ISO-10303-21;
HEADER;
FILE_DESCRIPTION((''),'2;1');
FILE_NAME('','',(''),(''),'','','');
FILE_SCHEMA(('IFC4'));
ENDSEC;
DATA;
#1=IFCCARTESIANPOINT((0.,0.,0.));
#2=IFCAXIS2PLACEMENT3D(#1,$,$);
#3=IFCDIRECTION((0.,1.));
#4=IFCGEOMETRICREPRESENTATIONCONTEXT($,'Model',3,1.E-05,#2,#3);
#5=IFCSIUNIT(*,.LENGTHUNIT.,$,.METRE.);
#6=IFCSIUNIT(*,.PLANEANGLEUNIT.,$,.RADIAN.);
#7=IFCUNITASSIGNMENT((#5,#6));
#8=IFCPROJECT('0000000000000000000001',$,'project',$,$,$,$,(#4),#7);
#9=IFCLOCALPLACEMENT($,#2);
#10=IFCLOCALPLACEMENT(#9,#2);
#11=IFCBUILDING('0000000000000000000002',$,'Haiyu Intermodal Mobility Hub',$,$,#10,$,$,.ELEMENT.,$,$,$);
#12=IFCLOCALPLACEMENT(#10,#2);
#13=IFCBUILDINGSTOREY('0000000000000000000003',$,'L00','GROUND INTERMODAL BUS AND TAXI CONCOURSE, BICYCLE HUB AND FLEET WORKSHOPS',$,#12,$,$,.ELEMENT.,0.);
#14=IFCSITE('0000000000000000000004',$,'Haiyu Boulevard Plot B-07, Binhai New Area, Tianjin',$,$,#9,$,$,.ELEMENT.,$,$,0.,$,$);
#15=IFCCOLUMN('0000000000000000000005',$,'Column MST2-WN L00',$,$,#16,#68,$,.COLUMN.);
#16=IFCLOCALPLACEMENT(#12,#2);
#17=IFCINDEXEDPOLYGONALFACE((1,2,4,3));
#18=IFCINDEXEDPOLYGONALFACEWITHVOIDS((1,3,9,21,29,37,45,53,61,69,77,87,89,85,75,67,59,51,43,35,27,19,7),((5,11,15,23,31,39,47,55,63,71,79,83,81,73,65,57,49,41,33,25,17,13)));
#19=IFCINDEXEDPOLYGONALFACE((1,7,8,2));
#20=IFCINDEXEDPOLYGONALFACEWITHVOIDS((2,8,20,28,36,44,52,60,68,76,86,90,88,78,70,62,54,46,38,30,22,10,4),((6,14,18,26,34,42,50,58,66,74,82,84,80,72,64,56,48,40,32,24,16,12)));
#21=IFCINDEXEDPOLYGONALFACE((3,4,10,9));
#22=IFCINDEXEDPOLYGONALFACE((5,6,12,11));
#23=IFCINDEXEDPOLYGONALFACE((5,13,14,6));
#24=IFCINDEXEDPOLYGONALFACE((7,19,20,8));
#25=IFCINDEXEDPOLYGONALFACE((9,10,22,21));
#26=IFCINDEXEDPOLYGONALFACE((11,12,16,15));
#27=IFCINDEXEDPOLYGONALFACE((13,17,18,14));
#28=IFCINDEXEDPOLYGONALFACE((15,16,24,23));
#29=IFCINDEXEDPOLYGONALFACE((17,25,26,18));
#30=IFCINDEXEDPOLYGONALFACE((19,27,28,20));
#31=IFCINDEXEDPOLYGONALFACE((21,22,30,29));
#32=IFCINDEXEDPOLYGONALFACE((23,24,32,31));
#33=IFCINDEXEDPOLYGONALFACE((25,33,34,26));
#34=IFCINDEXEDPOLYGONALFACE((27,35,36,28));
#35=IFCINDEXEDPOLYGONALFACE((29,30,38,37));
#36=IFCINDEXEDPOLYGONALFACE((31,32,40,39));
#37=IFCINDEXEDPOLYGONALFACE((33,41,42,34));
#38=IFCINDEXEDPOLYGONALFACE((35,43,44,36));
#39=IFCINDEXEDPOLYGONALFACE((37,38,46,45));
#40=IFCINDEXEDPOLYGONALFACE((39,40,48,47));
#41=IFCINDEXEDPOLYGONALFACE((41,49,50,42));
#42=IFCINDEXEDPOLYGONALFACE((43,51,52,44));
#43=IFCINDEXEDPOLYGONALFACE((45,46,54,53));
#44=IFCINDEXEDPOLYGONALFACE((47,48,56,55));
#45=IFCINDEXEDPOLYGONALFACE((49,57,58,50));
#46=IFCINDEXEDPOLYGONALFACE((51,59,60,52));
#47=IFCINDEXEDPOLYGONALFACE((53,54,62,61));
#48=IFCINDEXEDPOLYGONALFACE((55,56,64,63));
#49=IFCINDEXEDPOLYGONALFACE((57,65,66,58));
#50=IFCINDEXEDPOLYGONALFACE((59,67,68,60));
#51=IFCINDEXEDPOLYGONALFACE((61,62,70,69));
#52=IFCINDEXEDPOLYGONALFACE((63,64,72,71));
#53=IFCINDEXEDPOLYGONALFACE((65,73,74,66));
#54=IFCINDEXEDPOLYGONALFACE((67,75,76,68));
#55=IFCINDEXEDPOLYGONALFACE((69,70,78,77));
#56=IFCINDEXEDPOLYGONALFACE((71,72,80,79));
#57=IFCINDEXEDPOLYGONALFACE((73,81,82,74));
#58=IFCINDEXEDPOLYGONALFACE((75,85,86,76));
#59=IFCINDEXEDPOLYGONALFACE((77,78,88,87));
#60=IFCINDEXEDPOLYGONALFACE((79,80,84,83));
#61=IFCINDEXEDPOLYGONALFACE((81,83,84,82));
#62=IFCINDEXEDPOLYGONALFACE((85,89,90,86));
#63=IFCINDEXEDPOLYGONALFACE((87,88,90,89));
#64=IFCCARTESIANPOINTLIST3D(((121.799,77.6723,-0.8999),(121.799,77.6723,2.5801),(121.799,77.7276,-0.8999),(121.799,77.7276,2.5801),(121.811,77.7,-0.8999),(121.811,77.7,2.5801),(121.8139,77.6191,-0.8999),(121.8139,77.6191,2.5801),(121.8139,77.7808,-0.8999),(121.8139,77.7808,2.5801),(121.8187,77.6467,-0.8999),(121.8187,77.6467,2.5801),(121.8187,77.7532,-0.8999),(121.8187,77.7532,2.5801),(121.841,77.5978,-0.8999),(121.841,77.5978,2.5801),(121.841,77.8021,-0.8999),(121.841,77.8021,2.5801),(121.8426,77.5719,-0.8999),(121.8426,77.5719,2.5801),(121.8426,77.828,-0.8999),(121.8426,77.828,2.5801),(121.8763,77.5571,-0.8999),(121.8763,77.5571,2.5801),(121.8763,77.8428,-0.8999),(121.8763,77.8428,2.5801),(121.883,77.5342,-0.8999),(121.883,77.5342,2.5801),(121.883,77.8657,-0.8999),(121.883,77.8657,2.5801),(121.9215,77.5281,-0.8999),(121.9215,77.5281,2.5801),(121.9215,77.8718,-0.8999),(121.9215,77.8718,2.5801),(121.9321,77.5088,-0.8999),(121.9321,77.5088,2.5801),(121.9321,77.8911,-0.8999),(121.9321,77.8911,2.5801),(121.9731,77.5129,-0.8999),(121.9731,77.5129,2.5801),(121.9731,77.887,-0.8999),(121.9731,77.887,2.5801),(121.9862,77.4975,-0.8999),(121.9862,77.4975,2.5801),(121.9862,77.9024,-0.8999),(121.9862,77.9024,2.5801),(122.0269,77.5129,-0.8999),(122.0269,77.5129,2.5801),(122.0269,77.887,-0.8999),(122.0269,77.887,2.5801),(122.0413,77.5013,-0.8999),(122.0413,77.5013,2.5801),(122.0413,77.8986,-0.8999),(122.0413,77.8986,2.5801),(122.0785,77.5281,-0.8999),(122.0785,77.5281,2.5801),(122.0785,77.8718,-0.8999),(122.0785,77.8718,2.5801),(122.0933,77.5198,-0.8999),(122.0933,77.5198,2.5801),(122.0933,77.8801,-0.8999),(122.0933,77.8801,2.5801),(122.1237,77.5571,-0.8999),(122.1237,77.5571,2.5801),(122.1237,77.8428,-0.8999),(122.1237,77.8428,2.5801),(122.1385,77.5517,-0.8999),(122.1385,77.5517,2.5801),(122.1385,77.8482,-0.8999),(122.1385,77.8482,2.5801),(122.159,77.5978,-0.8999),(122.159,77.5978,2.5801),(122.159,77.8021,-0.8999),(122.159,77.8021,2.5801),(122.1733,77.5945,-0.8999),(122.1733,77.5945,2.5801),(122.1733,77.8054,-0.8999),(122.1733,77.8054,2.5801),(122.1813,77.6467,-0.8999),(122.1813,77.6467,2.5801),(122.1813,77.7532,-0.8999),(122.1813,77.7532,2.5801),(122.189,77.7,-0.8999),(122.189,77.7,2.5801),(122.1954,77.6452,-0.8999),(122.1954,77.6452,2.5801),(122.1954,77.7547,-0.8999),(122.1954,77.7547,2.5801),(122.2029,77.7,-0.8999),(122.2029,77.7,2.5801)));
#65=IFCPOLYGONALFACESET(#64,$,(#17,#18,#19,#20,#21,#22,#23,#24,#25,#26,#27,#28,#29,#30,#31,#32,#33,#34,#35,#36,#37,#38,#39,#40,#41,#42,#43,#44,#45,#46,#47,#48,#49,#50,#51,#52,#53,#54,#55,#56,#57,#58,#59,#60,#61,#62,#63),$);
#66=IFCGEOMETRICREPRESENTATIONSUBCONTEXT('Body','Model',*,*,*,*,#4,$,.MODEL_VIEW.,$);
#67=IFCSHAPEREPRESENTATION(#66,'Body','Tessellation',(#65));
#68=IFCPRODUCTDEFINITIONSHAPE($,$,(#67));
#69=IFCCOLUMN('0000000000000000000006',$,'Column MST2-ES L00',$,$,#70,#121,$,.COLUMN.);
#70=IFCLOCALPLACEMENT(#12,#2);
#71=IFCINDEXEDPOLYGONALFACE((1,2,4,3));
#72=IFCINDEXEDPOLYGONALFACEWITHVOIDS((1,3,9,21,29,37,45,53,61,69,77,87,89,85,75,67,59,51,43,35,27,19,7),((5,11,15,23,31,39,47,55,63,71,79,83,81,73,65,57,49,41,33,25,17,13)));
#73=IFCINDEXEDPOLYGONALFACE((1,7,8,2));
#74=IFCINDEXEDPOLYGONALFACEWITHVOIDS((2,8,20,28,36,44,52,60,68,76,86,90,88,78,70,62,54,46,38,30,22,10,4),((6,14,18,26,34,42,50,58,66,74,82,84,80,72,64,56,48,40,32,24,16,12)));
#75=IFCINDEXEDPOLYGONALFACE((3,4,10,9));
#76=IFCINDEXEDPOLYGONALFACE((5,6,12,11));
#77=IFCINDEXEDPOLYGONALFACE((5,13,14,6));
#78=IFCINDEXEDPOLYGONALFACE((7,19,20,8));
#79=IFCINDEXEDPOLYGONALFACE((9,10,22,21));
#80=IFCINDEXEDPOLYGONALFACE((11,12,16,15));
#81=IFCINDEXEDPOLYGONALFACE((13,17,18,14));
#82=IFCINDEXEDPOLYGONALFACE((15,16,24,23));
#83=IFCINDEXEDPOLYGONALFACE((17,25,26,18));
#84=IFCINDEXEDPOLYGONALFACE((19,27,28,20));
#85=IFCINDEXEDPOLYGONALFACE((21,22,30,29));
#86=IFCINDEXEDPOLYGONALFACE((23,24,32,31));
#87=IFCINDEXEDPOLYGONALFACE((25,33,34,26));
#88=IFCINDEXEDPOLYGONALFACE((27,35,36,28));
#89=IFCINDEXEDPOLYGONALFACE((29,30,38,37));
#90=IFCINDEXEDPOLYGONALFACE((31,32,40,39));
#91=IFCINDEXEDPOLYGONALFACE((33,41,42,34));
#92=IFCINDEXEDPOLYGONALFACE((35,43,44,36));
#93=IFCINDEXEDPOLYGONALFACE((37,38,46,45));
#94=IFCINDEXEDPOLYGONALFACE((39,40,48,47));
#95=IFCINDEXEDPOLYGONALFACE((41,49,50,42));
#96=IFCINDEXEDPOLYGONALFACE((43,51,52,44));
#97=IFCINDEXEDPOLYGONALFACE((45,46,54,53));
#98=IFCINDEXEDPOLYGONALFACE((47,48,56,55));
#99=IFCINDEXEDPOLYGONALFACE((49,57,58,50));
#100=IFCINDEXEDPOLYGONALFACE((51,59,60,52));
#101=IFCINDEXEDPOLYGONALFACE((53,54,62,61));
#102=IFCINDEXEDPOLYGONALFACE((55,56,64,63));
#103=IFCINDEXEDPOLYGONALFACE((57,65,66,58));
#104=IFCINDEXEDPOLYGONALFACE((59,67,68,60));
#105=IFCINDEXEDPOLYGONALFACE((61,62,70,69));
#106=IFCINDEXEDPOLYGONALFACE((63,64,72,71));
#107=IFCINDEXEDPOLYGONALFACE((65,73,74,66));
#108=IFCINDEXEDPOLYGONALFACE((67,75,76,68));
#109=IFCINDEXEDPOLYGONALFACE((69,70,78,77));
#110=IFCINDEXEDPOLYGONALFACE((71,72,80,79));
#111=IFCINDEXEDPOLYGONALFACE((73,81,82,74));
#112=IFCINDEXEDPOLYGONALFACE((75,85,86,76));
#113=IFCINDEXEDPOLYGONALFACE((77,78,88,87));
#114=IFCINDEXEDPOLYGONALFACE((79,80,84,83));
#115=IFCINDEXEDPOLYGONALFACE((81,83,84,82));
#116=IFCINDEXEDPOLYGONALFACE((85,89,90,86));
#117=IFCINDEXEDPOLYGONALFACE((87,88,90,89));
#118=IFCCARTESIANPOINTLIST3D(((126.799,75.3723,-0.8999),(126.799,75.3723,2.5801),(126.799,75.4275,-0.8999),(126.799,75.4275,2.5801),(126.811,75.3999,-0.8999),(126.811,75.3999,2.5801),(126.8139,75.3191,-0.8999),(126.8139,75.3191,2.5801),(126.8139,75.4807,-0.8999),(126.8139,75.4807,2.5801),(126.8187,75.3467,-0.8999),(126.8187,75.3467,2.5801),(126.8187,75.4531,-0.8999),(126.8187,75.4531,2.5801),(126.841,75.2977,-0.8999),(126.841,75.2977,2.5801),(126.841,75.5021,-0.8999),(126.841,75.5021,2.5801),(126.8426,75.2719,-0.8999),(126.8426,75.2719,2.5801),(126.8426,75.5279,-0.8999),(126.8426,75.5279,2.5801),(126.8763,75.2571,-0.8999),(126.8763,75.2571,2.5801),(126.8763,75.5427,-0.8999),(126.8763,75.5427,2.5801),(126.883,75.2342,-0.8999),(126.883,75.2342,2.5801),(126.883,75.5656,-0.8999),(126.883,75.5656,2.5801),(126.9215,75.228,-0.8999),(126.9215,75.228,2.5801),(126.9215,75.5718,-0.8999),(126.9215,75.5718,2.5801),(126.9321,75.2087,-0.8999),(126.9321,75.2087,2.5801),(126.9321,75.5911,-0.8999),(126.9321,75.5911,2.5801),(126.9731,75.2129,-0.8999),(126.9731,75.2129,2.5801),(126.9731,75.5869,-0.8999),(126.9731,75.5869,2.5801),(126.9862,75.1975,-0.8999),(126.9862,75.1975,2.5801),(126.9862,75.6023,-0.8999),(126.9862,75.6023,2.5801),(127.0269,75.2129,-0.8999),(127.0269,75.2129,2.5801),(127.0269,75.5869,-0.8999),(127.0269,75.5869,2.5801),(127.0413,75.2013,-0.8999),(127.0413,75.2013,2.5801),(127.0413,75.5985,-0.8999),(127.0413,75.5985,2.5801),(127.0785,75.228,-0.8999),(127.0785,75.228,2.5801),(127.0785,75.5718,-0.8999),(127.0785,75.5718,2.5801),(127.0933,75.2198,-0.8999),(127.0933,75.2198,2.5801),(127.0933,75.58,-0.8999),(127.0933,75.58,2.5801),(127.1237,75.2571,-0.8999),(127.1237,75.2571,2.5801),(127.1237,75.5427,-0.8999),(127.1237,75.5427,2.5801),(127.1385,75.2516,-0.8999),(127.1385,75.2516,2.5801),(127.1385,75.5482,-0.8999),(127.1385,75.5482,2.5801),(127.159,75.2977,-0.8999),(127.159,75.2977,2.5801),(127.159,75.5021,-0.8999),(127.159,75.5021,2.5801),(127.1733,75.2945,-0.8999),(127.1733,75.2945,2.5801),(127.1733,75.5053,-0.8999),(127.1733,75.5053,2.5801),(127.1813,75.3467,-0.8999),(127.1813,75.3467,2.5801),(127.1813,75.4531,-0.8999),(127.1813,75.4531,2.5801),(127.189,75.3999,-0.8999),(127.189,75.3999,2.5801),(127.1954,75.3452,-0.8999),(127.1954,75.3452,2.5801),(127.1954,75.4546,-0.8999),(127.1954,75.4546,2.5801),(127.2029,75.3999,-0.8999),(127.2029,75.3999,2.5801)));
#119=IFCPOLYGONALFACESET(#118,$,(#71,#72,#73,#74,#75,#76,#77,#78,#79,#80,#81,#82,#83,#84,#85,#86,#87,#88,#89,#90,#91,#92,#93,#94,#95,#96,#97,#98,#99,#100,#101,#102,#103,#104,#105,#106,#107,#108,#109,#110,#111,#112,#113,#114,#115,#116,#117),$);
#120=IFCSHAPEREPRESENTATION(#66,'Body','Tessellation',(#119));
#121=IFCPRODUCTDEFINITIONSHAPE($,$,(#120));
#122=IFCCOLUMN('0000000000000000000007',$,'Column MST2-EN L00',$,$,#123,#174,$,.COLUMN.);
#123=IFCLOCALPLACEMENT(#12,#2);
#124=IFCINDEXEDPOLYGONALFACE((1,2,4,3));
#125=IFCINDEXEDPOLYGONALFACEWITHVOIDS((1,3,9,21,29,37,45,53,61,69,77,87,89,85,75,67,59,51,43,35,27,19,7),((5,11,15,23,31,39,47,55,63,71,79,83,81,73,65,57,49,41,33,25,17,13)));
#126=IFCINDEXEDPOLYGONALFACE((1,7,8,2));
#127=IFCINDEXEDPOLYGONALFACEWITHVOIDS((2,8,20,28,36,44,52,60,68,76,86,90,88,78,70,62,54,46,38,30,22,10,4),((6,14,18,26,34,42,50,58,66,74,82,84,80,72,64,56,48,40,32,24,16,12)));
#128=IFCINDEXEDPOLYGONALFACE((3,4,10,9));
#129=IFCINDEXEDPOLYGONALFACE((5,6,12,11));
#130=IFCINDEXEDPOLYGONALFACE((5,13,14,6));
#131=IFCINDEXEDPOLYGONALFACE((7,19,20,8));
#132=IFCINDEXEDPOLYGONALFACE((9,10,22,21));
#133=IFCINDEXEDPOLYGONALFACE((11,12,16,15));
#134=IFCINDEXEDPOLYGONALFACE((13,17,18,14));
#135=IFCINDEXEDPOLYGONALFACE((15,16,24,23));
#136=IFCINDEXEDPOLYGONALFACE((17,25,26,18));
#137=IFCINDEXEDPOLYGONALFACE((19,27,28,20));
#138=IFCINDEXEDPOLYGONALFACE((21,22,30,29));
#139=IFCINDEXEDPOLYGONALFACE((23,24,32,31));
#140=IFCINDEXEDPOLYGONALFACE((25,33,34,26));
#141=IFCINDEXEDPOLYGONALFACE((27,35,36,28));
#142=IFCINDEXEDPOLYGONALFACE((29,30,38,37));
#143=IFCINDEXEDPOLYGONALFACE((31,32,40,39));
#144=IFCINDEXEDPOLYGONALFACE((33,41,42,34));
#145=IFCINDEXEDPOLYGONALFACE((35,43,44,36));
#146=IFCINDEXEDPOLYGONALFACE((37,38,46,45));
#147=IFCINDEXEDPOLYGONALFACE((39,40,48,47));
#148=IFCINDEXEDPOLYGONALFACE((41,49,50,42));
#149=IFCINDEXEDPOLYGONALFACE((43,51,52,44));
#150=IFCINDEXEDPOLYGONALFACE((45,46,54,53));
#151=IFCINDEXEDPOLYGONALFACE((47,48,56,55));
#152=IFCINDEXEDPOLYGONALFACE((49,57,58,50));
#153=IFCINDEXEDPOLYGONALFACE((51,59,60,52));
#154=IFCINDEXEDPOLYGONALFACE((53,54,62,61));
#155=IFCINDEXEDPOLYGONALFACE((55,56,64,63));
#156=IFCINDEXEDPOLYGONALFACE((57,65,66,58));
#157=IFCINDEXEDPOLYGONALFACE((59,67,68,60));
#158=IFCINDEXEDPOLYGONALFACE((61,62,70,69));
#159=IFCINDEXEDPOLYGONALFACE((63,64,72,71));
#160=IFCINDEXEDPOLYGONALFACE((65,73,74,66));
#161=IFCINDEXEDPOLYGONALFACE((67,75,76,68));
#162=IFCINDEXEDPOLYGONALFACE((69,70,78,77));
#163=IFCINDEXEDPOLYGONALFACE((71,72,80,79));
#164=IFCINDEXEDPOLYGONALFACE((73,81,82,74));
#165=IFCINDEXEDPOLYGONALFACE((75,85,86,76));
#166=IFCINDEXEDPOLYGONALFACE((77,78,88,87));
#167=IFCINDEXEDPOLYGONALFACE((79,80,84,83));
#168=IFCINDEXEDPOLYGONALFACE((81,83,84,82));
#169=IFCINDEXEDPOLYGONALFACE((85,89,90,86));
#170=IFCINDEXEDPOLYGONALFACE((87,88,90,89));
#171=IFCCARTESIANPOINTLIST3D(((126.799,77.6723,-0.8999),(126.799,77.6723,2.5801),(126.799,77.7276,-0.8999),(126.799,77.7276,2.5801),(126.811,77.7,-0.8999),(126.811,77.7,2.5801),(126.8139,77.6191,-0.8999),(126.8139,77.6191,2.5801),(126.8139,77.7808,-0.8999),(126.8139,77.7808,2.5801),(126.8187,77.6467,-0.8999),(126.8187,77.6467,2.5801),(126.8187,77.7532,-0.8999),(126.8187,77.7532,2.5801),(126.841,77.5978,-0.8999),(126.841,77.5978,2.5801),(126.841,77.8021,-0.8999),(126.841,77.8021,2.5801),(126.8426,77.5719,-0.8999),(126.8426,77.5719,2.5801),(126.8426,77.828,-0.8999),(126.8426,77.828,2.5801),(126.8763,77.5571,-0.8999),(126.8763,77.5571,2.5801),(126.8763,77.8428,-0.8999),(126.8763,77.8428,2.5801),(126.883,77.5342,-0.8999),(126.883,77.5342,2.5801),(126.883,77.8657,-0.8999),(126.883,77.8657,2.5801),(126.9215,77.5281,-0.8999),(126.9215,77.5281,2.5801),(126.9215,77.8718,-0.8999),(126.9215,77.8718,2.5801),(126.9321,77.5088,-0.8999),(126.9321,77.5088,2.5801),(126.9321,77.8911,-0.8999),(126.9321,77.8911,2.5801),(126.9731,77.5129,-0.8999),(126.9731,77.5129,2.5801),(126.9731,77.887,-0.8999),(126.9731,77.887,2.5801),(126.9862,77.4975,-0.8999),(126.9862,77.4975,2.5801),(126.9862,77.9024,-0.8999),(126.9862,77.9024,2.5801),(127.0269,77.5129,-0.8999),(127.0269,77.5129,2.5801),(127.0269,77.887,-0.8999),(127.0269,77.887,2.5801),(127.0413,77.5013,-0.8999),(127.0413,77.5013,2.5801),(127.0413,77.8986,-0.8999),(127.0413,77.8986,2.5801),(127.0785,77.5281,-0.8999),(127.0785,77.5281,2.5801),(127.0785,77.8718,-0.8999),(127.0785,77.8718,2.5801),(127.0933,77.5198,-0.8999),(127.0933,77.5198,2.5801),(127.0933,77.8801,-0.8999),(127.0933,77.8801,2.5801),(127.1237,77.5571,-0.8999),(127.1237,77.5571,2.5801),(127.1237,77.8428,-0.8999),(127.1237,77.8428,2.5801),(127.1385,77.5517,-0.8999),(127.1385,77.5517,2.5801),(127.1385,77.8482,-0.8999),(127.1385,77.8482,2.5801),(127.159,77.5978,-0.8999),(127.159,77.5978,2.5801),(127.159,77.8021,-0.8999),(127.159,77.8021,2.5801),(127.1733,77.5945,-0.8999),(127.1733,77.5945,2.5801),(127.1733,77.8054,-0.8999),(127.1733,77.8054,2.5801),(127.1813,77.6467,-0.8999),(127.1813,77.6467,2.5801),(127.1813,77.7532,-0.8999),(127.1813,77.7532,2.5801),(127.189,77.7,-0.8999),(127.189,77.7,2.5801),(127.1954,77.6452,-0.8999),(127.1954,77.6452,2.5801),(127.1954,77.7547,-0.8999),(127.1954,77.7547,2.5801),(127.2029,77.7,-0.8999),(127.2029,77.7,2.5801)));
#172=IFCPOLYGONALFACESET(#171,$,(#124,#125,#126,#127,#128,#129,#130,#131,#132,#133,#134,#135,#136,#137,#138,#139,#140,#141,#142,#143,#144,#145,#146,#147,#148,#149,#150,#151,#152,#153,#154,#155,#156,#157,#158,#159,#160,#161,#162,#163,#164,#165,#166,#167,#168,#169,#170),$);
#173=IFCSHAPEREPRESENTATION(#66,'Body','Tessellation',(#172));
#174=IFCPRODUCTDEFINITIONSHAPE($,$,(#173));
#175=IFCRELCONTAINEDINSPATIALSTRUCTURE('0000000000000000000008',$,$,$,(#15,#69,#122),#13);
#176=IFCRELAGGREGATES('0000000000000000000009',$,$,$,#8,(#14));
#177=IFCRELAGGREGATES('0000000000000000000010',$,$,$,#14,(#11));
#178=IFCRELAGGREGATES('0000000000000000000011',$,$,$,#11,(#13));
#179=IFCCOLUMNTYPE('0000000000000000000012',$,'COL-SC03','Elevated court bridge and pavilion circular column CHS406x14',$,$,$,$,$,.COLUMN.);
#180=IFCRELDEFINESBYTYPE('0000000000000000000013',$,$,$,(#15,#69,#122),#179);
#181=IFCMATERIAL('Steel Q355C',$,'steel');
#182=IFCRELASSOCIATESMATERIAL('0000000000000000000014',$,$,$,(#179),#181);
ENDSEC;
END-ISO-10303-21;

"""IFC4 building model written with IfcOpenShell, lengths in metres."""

from ifc_helpers import new_model, si_unit, direction, frame, origin, origin_2d, place, context, subcontext, project, spatial, hollow_circle, extrude, material, material_profile, profile_set, type_object, element, save


model = new_model("IFC4")

# Units and contexts
model_context = context("Model", 3, precision=1e-05, world=origin(), true_north=direction((0.0, 1.0)))
body_context = subcontext(model_context, "Body", "Model", "MODEL_VIEW")
ifc_project = project(units=[si_unit("LENGTHUNIT", "METRE"), si_unit("PLANEANGLEUNIT", "RADIAN")], contexts=[model_context])

# Site, building, storey
site_placement = place(None, origin())
site = spatial("IfcSite", under=ifc_project, at=site_placement, Name="Haiyu Boulevard Plot B-07, Binhai New Area, Tianjin", CompositionType="ELEMENT", RefElevation=0.0)
building_placement = place(site_placement, origin())
building = spatial("IfcBuilding", under=site, at=building_placement, Name="Haiyu Intermodal Mobility Hub", CompositionType="ELEMENT")
storey_placement = place(building_placement, origin())
storey = spatial("IfcBuildingStorey", under=building, at=storey_placement, Name="L00", Description="GROUND INTERMODAL BUS AND TAXI CONCOURSE, BICYCLE HUB AND FLEET WORKSHOPS", CompositionType="ELEMENT", Elevation=0.0)

# Columns
ifc_material_1 = material(Name="Steel Q355C", Category="steel")
ifc_material_profile_1 = material_profile(ifc_material_1, hollow_circle(Radius=0.2029, WallThickness=0.0139, at=origin_2d()), Name="CHS406x14")
ifc_profile_set_1 = profile_set([ifc_material_profile_1], Name="Steel Q355C")
column_type_1 = type_object("IfcColumnType", Name="COL-SC03", Description="Elevated court bridge and pavilion circular column CHS406x14", PredefinedType="COLUMN", material=ifc_profile_set_1)
for number, where, z_axis, x_axis, name in (
    (1, (122.0, 77.7, -0.8999), (0.0, 0.0, 1.0), (1.0, 0.0, 0.0), "Column MST2-WN L00"),
    (2, (127.0, 75.3999, -0.8999), (0.0, 0.0, 1.0), (1.0, 0.0, 0.0), "Column MST2-ES L00"),
    (3, (127.0, 77.7, -0.8999), (0.0, 0.0, 1.0), (1.0, 0.0, 0.0), "Column MST2-EN L00"),
):
    element("IfcColumn", number, at=place(storey_placement, frame(where, z_axis=z_axis, x_axis=x_axis)), inside=storey, type_object=column_type_1, Name=name, PredefinedType="COLUMN", context=body_context, shape_type="SweptSolid", body=[
        extrude(hollow_circle(Radius=0.2029, WallThickness=0.0139, at=origin_2d()), origin(), (0.0, 0.0, 1.0), 3.48),
    ])

save(model, "model.ifc")
